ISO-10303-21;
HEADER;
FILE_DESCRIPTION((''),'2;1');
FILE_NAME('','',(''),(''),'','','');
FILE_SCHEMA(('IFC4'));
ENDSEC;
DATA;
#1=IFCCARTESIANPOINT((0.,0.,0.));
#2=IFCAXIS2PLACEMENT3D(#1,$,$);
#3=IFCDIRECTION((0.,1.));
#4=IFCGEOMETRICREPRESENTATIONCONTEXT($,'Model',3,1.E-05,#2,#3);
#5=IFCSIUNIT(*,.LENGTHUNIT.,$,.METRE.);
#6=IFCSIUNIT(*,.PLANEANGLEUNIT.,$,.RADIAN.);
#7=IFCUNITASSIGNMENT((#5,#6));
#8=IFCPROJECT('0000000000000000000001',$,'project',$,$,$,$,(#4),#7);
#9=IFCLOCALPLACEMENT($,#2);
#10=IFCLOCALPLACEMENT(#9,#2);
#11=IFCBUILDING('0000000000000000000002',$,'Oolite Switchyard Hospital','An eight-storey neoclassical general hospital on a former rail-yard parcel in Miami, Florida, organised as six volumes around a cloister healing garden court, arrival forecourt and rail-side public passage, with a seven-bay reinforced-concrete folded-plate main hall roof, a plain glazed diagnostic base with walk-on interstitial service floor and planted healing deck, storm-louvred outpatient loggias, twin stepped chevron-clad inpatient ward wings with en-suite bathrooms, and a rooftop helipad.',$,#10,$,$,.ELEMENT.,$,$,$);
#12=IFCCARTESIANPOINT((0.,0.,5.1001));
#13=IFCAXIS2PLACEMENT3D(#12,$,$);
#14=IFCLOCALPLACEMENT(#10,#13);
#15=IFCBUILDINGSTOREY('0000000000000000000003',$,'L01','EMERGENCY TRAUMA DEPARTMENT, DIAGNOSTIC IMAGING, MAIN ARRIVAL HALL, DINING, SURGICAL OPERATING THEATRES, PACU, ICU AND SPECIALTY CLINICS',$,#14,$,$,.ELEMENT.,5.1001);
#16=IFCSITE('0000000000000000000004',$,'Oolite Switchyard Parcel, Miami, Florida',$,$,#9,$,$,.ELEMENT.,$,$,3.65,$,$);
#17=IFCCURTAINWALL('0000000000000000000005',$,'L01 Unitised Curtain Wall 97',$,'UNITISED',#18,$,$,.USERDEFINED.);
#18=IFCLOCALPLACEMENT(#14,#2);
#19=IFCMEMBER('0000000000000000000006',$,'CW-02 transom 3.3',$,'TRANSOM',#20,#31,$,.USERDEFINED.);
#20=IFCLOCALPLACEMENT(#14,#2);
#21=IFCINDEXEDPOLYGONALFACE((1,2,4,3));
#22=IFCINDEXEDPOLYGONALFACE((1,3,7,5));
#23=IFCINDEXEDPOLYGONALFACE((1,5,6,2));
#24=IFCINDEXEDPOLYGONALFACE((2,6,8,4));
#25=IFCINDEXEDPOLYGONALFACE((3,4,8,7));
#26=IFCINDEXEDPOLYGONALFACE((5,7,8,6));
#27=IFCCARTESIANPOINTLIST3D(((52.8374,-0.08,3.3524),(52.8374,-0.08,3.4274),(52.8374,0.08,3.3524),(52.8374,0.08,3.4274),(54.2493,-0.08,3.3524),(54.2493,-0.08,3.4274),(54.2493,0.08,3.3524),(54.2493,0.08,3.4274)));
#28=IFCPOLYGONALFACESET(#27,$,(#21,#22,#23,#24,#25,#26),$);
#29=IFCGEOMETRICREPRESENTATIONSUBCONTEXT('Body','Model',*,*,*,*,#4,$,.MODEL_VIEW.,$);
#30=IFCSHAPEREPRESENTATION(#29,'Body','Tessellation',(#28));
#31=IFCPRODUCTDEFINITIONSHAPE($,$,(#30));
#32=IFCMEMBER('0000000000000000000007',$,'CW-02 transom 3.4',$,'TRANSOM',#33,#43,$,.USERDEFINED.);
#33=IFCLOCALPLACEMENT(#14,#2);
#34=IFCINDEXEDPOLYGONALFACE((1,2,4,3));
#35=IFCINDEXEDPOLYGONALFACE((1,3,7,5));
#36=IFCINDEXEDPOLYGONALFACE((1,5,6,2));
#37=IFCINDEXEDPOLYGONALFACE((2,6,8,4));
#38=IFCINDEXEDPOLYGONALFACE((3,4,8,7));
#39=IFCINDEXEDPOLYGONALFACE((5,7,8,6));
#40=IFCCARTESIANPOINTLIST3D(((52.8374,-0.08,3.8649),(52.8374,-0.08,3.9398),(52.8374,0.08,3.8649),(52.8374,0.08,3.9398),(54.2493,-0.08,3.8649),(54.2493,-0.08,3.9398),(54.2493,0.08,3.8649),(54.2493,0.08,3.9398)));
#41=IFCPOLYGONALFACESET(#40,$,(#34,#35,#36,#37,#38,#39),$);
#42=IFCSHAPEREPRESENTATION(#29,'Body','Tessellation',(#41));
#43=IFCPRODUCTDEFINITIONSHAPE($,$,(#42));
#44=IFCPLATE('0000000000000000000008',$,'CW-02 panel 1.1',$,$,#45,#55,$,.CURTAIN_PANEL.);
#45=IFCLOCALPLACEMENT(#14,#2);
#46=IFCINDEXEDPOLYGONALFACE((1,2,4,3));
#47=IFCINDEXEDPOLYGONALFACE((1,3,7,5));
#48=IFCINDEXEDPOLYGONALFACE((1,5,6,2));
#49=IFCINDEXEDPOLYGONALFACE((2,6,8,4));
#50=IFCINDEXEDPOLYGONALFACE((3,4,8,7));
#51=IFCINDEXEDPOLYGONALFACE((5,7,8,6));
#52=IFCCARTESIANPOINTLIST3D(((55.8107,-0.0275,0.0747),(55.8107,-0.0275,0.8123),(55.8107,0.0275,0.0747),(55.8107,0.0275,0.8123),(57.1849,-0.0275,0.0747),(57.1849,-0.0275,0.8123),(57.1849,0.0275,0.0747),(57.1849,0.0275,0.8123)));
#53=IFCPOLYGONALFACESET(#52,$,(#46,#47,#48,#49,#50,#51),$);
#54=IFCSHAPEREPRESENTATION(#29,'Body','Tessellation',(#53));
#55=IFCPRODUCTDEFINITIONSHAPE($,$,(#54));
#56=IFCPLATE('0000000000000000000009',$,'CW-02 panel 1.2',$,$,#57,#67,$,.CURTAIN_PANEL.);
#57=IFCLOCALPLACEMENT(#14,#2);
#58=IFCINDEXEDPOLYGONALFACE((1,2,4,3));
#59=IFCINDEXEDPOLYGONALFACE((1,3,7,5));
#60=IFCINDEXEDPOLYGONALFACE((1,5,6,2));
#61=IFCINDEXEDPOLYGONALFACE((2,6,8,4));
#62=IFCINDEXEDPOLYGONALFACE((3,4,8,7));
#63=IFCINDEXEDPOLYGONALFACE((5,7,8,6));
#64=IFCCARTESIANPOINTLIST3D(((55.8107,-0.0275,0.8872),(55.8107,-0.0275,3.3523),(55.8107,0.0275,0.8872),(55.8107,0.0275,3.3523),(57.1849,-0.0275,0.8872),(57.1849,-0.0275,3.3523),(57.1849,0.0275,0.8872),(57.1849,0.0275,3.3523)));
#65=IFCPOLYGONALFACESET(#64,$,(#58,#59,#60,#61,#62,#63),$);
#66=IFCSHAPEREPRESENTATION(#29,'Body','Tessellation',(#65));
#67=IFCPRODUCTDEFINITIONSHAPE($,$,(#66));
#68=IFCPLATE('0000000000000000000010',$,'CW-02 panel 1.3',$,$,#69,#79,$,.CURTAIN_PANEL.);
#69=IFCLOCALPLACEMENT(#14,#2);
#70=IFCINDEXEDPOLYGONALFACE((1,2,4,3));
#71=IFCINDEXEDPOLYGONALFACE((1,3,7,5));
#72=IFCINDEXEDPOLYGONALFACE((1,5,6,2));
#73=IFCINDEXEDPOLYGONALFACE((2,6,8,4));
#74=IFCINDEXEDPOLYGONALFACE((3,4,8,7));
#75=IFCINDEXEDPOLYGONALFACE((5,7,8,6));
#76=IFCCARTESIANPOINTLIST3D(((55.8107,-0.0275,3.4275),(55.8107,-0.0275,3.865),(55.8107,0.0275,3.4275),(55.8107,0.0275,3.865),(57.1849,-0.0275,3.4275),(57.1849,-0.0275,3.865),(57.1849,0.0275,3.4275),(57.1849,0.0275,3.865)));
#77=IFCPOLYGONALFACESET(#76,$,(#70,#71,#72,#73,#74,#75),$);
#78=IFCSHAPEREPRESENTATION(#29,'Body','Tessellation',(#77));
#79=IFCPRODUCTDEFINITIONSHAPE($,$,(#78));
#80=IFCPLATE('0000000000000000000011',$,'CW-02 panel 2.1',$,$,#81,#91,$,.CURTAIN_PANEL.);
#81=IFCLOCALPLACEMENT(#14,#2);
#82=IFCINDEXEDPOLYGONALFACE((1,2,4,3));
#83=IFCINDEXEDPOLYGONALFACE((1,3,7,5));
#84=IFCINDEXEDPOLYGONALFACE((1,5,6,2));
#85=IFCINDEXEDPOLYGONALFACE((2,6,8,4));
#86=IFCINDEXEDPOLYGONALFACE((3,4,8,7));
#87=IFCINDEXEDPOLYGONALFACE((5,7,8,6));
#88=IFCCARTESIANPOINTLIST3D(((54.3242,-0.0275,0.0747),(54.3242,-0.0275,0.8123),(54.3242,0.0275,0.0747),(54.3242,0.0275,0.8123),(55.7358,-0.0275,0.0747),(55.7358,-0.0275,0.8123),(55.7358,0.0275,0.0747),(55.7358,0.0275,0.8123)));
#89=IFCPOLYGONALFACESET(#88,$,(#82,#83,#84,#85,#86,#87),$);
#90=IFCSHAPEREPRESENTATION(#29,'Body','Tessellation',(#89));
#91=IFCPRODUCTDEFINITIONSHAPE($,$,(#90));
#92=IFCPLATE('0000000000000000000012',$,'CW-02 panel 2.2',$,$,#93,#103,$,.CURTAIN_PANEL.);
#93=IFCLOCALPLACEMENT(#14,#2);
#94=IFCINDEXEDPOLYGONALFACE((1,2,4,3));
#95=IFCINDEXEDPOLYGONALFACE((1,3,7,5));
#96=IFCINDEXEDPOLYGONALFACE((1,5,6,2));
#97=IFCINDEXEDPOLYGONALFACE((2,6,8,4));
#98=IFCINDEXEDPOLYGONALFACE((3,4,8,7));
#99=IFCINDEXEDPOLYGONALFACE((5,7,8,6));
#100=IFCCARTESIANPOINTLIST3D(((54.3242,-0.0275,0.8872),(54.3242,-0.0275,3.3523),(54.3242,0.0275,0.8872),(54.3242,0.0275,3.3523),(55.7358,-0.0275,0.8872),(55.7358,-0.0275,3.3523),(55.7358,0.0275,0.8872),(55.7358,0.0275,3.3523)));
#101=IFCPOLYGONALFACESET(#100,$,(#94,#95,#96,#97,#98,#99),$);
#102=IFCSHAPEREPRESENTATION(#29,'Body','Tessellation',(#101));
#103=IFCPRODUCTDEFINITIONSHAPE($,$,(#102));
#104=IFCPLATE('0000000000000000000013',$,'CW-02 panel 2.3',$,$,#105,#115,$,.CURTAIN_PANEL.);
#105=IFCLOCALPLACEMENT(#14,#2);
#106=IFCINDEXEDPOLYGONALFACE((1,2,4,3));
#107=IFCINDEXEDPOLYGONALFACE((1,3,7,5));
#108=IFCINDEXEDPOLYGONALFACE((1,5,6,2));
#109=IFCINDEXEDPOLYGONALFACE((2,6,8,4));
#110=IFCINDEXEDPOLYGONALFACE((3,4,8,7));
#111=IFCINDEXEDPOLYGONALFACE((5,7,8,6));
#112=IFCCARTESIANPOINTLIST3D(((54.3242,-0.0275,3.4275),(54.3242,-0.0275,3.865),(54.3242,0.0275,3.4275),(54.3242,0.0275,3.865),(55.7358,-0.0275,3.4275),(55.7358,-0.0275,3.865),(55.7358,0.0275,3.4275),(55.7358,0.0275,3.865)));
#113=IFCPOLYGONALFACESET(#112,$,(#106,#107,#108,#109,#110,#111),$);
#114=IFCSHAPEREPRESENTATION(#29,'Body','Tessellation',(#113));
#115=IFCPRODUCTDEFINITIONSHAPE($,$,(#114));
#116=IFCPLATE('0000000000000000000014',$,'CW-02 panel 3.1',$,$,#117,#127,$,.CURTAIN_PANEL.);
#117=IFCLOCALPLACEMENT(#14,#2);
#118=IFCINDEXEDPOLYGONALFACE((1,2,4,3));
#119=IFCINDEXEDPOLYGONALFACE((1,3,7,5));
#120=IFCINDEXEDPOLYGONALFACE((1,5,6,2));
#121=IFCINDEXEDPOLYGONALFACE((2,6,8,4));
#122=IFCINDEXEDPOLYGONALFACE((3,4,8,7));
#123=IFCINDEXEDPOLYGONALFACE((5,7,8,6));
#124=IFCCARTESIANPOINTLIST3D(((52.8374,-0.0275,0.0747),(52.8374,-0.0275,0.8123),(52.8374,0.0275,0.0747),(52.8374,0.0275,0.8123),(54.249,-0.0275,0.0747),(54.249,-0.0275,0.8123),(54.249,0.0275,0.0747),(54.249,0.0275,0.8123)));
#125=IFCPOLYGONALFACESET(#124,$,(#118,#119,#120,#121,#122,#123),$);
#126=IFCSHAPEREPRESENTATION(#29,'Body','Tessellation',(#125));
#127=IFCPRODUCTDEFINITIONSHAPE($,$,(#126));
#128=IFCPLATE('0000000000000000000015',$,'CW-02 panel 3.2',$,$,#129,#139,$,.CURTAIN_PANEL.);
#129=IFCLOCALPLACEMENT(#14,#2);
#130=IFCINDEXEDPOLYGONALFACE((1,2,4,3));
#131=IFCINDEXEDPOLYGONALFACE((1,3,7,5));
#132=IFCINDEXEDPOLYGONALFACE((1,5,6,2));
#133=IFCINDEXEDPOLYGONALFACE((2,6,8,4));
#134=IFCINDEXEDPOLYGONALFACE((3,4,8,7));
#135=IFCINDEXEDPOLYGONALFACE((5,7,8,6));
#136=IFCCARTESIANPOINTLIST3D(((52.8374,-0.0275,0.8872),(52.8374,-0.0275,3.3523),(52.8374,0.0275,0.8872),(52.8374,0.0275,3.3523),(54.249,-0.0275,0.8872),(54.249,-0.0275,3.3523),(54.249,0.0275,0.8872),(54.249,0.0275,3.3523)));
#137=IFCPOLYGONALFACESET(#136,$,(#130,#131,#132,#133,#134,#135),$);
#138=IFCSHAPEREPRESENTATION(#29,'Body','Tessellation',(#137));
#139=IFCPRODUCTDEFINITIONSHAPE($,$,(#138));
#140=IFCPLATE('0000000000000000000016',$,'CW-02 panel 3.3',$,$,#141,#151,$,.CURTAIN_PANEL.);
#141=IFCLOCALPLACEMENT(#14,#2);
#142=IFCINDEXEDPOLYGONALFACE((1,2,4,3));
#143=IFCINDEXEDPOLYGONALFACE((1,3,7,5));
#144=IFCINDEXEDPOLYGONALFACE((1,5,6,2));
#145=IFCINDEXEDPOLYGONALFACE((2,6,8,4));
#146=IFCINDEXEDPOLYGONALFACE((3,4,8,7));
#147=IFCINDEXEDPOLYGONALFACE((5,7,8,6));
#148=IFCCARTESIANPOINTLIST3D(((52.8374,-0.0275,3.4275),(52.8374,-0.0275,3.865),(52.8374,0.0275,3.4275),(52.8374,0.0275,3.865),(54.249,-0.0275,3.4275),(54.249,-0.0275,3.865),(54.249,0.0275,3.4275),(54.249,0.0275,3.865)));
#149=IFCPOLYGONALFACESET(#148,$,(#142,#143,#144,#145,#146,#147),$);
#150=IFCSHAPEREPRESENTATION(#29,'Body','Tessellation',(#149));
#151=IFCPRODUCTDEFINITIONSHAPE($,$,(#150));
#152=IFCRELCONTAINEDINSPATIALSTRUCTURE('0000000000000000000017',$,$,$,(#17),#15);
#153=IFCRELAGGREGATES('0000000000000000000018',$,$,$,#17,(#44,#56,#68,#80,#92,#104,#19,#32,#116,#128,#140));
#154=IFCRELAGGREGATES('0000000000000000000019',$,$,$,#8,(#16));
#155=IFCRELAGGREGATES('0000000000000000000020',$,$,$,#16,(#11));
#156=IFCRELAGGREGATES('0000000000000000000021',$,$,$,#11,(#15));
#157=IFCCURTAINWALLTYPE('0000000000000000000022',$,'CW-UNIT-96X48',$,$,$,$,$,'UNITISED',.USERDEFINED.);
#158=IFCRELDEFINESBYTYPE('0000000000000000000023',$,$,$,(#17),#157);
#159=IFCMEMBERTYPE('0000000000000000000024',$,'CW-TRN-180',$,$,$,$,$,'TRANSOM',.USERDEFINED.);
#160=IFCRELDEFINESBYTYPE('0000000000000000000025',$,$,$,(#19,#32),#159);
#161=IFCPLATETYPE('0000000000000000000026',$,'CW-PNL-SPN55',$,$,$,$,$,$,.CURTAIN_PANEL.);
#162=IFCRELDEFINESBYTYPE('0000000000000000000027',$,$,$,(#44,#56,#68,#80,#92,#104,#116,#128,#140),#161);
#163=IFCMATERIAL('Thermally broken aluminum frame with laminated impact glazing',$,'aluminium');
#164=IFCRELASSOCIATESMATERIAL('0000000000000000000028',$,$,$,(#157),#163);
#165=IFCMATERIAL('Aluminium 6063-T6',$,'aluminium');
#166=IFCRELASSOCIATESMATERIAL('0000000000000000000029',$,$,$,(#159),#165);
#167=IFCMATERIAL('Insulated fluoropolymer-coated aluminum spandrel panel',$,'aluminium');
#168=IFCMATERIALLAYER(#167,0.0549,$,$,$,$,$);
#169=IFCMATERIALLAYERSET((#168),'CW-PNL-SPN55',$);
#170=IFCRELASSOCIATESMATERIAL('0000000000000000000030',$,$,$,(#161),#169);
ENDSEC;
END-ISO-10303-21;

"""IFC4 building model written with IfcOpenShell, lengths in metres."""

from ifc_helpers import new_model, si_unit, direction, frame, origin, origin_2d, place, context, subcontext, project, spatial, rectangle, extrude, material, layer, layer_set, material_profile, profile_set, type_object, element, aggregate, save


model = new_model("IFC4")

# Units and contexts
model_context = context("Model", 3, precision=1e-05, world=origin(), true_north=direction((0.0, 1.0)))
body_context = subcontext(model_context, "Body", "Model", "MODEL_VIEW")
ifc_project = project(units=[si_unit("LENGTHUNIT", "METRE"), si_unit("PLANEANGLEUNIT", "RADIAN")], contexts=[model_context])

# Site, building, storey
site_placement = place(None, origin())
site = spatial("IfcSite", under=ifc_project, at=site_placement, Name="Oolite Switchyard Parcel, Miami, Florida", CompositionType="ELEMENT", RefElevation=3.65)
building_placement = place(site_placement, origin())
building = spatial("IfcBuilding", under=site, at=building_placement, Name="Oolite Switchyard Hospital", Description="An eight-storey neoclassical general hospital on a former rail-yard parcel in Miami, Florida, organised as six volumes around a cloister healing garden court, arrival forecourt and rail-side public passage, with a seven-bay reinforced-concrete folded-plate main hall roof, a plain glazed diagnostic base with walk-on interstitial service floor and planted healing deck, storm-louvred outpatient loggias, twin stepped chevron-clad inpatient ward wings with en-suite bathrooms, and a rooftop helipad.", CompositionType="ELEMENT")
storey_placement = place(building_placement, frame((0.0, 0.0, 5.1001)))
storey = spatial("IfcBuildingStorey", under=building, at=storey_placement, Name="L01", Description="EMERGENCY TRAUMA DEPARTMENT, DIAGNOSTIC IMAGING, MAIN ARRIVAL HALL, DINING, SURGICAL OPERATING THEATRES, PACU, ICU AND SPECIALTY CLINICS", CompositionType="ELEMENT", Elevation=5.1001)

# Curtain wall, members, plates
ifc_material_1 = material(Name="Thermally broken aluminum frame with laminated impact glazing", Category="aluminium")
curtain_wall_type = type_object("IfcCurtainWallType", Name="CW-UNIT-96X48", ElementType="UNITISED", PredefinedType="USERDEFINED", material=ifc_material_1)
curtain_wall_placement = place(storey_placement, origin())
curtain_wall = element("IfcCurtainWall", 1, at=curtain_wall_placement, inside=storey, type_object=curtain_wall_type, Name="L01 Unitised Curtain Wall 97", ObjectType="UNITISED", PredefinedType="USERDEFINED")
ifc_material_2 = material(Name="Aluminium 6063-T6", Category="aluminium")
ifc_material_profile_1 = material_profile(ifc_material_2, rectangle(XDim=0.1599, YDim=0.075, at=origin_2d()), Name="CWT75X160")
ifc_profile_set_1 = profile_set([ifc_material_profile_1], Name="Aluminium 6063-T6")
member_type_1 = type_object("IfcMemberType", Name="CW-TRN-180", ElementType="TRANSOM", PredefinedType="USERDEFINED", material=ifc_profile_set_1)
member_1_placement = place(storey_placement, frame((54.2493, 0.0, 3.3899), z_axis=(-1.0, 0.0, 0.0), x_axis=(0.0, -1.0, 0.0)))
member_1 = element("IfcMember", 2, at=member_1_placement, type_object=member_type_1, Name="CW-02 transom 3.3", ObjectType="TRANSOM", PredefinedType="USERDEFINED", context=body_context, shape_type="SweptSolid", body=[
    extrude(rectangle(XDim=0.1599, YDim=0.075, at=origin_2d()), origin(), (0.0, 0.0, 1.0), 1.4119),
])
member_2_placement = place(storey_placement, frame((54.2493, 0.0, 3.9023), z_axis=(-1.0, 0.0, 0.0), x_axis=(0.0, -1.0, 0.0)))
member_2 = element("IfcMember", 3, at=member_2_placement, type_object=member_type_1, Name="CW-02 transom 3.4", ObjectType="TRANSOM", PredefinedType="USERDEFINED", context=body_context, shape_type="SweptSolid", body=[
    extrude(rectangle(XDim=0.1599, YDim=0.075, at=origin_2d()), origin(), (0.0, 0.0, 1.0), 1.4119),
])
ifc_material_3 = material(Name="Insulated fluoropolymer-coated aluminum spandrel panel", Category="aluminium")
ifc_layer = layer(ifc_material_3, 0.0549)
ifc_layer_set = layer_set([ifc_layer], Name="CW-PNL-SPN55")
plate_type = type_object("IfcPlateType", Name="CW-PNL-SPN55", PredefinedType="CURTAIN_PANEL", material=ifc_layer_set)
plate_1_placement = place(storey_placement, frame((56.4978, 0.0, 0.0747), z_axis=(0.0, 0.0, 1.0), x_axis=(-1.0, 0.0, 0.0)))
plate_1 = element("IfcPlate", 4, at=plate_1_placement, type_object=plate_type, Name="CW-02 panel 1.1", PredefinedType="CURTAIN_PANEL", context=body_context, shape_type="SweptSolid", body=[
    extrude(rectangle(XDim=1.3743, YDim=0.0549, at=origin_2d()), origin(), (0.0, 0.0, 1.0), 0.7375),
])
plate_2_placement = place(storey_placement, frame((56.4978, 0.0, 0.8872), z_axis=(0.0, 0.0, 1.0), x_axis=(-1.0, 0.0, 0.0)))
plate_2 = element("IfcPlate", 5, at=plate_2_placement, type_object=plate_type, Name="CW-02 panel 1.2", PredefinedType="CURTAIN_PANEL", context=body_context, shape_type="SweptSolid", body=[
    extrude(rectangle(XDim=1.3743, YDim=0.0549, at=origin_2d()), origin(), (0.0, 0.0, 1.0), 2.4651),
])
plate_3_placement = place(storey_placement, frame((56.4978, 0.0, 3.4275), z_axis=(0.0, 0.0, 1.0), x_axis=(-1.0, 0.0, 0.0)))
plate_3 = element("IfcPlate", 6, at=plate_3_placement, type_object=plate_type, Name="CW-02 panel 1.3", PredefinedType="CURTAIN_PANEL", context=body_context, shape_type="SweptSolid", body=[
    extrude(rectangle(XDim=1.3743, YDim=0.0549, at=origin_2d()), origin(), (0.0, 0.0, 1.0), 0.4375),
])
plate_4_placement = place(storey_placement, frame((55.03, 0.0, 0.0747), z_axis=(0.0, 0.0, 1.0), x_axis=(-1.0, 0.0, 0.0)))
plate_4 = element("IfcPlate", 7, at=plate_4_placement, type_object=plate_type, Name="CW-02 panel 2.1", PredefinedType="CURTAIN_PANEL", context=body_context, shape_type="SweptSolid", body=[
    extrude(rectangle(XDim=1.4116, YDim=0.0549, at=origin_2d()), origin(), (0.0, 0.0, 1.0), 0.7375),
])
plate_5_placement = place(storey_placement, frame((55.03, 0.0, 0.8872), z_axis=(0.0, 0.0, 1.0), x_axis=(-1.0, 0.0, 0.0)))
plate_5 = element("IfcPlate", 8, at=plate_5_placement, type_object=plate_type, Name="CW-02 panel 2.2", PredefinedType="CURTAIN_PANEL", context=body_context, shape_type="SweptSolid", body=[
    extrude(rectangle(XDim=1.4116, YDim=0.0549, at=origin_2d()), origin(), (0.0, 0.0, 1.0), 2.4651),
])
plate_6_placement = place(storey_placement, frame((55.03, 0.0, 3.4275), z_axis=(0.0, 0.0, 1.0), x_axis=(-1.0, 0.0, 0.0)))
plate_6 = element("IfcPlate", 9, at=plate_6_placement, type_object=plate_type, Name="CW-02 panel 2.3", PredefinedType="CURTAIN_PANEL", context=body_context, shape_type="SweptSolid", body=[
    extrude(rectangle(XDim=1.4116, YDim=0.0549, at=origin_2d()), origin(), (0.0, 0.0, 1.0), 0.4375),
])
plate_7_placement = place(storey_placement, frame((53.5432, 0.0, 0.0747), z_axis=(0.0, 0.0, 1.0), x_axis=(-1.0, 0.0, 0.0)))
plate_7 = element("IfcPlate", 10, at=plate_7_placement, type_object=plate_type, Name="CW-02 panel 3.1", PredefinedType="CURTAIN_PANEL", context=body_context, shape_type="SweptSolid", body=[
    extrude(rectangle(XDim=1.4116, YDim=0.0549, at=origin_2d()), origin(), (0.0, 0.0, 1.0), 0.7375),
])
plate_8_placement = place(storey_placement, frame((53.5432, 0.0, 0.8872), z_axis=(0.0, 0.0, 1.0), x_axis=(-1.0, 0.0, 0.0)))
plate_8 = element("IfcPlate", 11, at=plate_8_placement, type_object=plate_type, Name="CW-02 panel 3.2", PredefinedType="CURTAIN_PANEL", context=body_context, shape_type="SweptSolid", body=[
    extrude(rectangle(XDim=1.4116, YDim=0.0549, at=origin_2d()), origin(), (0.0, 0.0, 1.0), 2.4651),
])
plate_9_placement = place(storey_placement, frame((53.5432, 0.0, 3.4275), z_axis=(0.0, 0.0, 1.0), x_axis=(-1.0, 0.0, 0.0)))
plate_9 = element("IfcPlate", 12, at=plate_9_placement, type_object=plate_type, Name="CW-02 panel 3.3", PredefinedType="CURTAIN_PANEL", context=body_context, shape_type="SweptSolid", body=[
    extrude(rectangle(XDim=1.4116, YDim=0.0549, at=origin_2d()), origin(), (0.0, 0.0, 1.0), 0.4375),
])
aggregate(curtain_wall, [plate_1, plate_2, plate_3, plate_4, plate_5, plate_6, member_1, member_2, plate_7, plate_8, plate_9])

save(model, "model.ifc")
